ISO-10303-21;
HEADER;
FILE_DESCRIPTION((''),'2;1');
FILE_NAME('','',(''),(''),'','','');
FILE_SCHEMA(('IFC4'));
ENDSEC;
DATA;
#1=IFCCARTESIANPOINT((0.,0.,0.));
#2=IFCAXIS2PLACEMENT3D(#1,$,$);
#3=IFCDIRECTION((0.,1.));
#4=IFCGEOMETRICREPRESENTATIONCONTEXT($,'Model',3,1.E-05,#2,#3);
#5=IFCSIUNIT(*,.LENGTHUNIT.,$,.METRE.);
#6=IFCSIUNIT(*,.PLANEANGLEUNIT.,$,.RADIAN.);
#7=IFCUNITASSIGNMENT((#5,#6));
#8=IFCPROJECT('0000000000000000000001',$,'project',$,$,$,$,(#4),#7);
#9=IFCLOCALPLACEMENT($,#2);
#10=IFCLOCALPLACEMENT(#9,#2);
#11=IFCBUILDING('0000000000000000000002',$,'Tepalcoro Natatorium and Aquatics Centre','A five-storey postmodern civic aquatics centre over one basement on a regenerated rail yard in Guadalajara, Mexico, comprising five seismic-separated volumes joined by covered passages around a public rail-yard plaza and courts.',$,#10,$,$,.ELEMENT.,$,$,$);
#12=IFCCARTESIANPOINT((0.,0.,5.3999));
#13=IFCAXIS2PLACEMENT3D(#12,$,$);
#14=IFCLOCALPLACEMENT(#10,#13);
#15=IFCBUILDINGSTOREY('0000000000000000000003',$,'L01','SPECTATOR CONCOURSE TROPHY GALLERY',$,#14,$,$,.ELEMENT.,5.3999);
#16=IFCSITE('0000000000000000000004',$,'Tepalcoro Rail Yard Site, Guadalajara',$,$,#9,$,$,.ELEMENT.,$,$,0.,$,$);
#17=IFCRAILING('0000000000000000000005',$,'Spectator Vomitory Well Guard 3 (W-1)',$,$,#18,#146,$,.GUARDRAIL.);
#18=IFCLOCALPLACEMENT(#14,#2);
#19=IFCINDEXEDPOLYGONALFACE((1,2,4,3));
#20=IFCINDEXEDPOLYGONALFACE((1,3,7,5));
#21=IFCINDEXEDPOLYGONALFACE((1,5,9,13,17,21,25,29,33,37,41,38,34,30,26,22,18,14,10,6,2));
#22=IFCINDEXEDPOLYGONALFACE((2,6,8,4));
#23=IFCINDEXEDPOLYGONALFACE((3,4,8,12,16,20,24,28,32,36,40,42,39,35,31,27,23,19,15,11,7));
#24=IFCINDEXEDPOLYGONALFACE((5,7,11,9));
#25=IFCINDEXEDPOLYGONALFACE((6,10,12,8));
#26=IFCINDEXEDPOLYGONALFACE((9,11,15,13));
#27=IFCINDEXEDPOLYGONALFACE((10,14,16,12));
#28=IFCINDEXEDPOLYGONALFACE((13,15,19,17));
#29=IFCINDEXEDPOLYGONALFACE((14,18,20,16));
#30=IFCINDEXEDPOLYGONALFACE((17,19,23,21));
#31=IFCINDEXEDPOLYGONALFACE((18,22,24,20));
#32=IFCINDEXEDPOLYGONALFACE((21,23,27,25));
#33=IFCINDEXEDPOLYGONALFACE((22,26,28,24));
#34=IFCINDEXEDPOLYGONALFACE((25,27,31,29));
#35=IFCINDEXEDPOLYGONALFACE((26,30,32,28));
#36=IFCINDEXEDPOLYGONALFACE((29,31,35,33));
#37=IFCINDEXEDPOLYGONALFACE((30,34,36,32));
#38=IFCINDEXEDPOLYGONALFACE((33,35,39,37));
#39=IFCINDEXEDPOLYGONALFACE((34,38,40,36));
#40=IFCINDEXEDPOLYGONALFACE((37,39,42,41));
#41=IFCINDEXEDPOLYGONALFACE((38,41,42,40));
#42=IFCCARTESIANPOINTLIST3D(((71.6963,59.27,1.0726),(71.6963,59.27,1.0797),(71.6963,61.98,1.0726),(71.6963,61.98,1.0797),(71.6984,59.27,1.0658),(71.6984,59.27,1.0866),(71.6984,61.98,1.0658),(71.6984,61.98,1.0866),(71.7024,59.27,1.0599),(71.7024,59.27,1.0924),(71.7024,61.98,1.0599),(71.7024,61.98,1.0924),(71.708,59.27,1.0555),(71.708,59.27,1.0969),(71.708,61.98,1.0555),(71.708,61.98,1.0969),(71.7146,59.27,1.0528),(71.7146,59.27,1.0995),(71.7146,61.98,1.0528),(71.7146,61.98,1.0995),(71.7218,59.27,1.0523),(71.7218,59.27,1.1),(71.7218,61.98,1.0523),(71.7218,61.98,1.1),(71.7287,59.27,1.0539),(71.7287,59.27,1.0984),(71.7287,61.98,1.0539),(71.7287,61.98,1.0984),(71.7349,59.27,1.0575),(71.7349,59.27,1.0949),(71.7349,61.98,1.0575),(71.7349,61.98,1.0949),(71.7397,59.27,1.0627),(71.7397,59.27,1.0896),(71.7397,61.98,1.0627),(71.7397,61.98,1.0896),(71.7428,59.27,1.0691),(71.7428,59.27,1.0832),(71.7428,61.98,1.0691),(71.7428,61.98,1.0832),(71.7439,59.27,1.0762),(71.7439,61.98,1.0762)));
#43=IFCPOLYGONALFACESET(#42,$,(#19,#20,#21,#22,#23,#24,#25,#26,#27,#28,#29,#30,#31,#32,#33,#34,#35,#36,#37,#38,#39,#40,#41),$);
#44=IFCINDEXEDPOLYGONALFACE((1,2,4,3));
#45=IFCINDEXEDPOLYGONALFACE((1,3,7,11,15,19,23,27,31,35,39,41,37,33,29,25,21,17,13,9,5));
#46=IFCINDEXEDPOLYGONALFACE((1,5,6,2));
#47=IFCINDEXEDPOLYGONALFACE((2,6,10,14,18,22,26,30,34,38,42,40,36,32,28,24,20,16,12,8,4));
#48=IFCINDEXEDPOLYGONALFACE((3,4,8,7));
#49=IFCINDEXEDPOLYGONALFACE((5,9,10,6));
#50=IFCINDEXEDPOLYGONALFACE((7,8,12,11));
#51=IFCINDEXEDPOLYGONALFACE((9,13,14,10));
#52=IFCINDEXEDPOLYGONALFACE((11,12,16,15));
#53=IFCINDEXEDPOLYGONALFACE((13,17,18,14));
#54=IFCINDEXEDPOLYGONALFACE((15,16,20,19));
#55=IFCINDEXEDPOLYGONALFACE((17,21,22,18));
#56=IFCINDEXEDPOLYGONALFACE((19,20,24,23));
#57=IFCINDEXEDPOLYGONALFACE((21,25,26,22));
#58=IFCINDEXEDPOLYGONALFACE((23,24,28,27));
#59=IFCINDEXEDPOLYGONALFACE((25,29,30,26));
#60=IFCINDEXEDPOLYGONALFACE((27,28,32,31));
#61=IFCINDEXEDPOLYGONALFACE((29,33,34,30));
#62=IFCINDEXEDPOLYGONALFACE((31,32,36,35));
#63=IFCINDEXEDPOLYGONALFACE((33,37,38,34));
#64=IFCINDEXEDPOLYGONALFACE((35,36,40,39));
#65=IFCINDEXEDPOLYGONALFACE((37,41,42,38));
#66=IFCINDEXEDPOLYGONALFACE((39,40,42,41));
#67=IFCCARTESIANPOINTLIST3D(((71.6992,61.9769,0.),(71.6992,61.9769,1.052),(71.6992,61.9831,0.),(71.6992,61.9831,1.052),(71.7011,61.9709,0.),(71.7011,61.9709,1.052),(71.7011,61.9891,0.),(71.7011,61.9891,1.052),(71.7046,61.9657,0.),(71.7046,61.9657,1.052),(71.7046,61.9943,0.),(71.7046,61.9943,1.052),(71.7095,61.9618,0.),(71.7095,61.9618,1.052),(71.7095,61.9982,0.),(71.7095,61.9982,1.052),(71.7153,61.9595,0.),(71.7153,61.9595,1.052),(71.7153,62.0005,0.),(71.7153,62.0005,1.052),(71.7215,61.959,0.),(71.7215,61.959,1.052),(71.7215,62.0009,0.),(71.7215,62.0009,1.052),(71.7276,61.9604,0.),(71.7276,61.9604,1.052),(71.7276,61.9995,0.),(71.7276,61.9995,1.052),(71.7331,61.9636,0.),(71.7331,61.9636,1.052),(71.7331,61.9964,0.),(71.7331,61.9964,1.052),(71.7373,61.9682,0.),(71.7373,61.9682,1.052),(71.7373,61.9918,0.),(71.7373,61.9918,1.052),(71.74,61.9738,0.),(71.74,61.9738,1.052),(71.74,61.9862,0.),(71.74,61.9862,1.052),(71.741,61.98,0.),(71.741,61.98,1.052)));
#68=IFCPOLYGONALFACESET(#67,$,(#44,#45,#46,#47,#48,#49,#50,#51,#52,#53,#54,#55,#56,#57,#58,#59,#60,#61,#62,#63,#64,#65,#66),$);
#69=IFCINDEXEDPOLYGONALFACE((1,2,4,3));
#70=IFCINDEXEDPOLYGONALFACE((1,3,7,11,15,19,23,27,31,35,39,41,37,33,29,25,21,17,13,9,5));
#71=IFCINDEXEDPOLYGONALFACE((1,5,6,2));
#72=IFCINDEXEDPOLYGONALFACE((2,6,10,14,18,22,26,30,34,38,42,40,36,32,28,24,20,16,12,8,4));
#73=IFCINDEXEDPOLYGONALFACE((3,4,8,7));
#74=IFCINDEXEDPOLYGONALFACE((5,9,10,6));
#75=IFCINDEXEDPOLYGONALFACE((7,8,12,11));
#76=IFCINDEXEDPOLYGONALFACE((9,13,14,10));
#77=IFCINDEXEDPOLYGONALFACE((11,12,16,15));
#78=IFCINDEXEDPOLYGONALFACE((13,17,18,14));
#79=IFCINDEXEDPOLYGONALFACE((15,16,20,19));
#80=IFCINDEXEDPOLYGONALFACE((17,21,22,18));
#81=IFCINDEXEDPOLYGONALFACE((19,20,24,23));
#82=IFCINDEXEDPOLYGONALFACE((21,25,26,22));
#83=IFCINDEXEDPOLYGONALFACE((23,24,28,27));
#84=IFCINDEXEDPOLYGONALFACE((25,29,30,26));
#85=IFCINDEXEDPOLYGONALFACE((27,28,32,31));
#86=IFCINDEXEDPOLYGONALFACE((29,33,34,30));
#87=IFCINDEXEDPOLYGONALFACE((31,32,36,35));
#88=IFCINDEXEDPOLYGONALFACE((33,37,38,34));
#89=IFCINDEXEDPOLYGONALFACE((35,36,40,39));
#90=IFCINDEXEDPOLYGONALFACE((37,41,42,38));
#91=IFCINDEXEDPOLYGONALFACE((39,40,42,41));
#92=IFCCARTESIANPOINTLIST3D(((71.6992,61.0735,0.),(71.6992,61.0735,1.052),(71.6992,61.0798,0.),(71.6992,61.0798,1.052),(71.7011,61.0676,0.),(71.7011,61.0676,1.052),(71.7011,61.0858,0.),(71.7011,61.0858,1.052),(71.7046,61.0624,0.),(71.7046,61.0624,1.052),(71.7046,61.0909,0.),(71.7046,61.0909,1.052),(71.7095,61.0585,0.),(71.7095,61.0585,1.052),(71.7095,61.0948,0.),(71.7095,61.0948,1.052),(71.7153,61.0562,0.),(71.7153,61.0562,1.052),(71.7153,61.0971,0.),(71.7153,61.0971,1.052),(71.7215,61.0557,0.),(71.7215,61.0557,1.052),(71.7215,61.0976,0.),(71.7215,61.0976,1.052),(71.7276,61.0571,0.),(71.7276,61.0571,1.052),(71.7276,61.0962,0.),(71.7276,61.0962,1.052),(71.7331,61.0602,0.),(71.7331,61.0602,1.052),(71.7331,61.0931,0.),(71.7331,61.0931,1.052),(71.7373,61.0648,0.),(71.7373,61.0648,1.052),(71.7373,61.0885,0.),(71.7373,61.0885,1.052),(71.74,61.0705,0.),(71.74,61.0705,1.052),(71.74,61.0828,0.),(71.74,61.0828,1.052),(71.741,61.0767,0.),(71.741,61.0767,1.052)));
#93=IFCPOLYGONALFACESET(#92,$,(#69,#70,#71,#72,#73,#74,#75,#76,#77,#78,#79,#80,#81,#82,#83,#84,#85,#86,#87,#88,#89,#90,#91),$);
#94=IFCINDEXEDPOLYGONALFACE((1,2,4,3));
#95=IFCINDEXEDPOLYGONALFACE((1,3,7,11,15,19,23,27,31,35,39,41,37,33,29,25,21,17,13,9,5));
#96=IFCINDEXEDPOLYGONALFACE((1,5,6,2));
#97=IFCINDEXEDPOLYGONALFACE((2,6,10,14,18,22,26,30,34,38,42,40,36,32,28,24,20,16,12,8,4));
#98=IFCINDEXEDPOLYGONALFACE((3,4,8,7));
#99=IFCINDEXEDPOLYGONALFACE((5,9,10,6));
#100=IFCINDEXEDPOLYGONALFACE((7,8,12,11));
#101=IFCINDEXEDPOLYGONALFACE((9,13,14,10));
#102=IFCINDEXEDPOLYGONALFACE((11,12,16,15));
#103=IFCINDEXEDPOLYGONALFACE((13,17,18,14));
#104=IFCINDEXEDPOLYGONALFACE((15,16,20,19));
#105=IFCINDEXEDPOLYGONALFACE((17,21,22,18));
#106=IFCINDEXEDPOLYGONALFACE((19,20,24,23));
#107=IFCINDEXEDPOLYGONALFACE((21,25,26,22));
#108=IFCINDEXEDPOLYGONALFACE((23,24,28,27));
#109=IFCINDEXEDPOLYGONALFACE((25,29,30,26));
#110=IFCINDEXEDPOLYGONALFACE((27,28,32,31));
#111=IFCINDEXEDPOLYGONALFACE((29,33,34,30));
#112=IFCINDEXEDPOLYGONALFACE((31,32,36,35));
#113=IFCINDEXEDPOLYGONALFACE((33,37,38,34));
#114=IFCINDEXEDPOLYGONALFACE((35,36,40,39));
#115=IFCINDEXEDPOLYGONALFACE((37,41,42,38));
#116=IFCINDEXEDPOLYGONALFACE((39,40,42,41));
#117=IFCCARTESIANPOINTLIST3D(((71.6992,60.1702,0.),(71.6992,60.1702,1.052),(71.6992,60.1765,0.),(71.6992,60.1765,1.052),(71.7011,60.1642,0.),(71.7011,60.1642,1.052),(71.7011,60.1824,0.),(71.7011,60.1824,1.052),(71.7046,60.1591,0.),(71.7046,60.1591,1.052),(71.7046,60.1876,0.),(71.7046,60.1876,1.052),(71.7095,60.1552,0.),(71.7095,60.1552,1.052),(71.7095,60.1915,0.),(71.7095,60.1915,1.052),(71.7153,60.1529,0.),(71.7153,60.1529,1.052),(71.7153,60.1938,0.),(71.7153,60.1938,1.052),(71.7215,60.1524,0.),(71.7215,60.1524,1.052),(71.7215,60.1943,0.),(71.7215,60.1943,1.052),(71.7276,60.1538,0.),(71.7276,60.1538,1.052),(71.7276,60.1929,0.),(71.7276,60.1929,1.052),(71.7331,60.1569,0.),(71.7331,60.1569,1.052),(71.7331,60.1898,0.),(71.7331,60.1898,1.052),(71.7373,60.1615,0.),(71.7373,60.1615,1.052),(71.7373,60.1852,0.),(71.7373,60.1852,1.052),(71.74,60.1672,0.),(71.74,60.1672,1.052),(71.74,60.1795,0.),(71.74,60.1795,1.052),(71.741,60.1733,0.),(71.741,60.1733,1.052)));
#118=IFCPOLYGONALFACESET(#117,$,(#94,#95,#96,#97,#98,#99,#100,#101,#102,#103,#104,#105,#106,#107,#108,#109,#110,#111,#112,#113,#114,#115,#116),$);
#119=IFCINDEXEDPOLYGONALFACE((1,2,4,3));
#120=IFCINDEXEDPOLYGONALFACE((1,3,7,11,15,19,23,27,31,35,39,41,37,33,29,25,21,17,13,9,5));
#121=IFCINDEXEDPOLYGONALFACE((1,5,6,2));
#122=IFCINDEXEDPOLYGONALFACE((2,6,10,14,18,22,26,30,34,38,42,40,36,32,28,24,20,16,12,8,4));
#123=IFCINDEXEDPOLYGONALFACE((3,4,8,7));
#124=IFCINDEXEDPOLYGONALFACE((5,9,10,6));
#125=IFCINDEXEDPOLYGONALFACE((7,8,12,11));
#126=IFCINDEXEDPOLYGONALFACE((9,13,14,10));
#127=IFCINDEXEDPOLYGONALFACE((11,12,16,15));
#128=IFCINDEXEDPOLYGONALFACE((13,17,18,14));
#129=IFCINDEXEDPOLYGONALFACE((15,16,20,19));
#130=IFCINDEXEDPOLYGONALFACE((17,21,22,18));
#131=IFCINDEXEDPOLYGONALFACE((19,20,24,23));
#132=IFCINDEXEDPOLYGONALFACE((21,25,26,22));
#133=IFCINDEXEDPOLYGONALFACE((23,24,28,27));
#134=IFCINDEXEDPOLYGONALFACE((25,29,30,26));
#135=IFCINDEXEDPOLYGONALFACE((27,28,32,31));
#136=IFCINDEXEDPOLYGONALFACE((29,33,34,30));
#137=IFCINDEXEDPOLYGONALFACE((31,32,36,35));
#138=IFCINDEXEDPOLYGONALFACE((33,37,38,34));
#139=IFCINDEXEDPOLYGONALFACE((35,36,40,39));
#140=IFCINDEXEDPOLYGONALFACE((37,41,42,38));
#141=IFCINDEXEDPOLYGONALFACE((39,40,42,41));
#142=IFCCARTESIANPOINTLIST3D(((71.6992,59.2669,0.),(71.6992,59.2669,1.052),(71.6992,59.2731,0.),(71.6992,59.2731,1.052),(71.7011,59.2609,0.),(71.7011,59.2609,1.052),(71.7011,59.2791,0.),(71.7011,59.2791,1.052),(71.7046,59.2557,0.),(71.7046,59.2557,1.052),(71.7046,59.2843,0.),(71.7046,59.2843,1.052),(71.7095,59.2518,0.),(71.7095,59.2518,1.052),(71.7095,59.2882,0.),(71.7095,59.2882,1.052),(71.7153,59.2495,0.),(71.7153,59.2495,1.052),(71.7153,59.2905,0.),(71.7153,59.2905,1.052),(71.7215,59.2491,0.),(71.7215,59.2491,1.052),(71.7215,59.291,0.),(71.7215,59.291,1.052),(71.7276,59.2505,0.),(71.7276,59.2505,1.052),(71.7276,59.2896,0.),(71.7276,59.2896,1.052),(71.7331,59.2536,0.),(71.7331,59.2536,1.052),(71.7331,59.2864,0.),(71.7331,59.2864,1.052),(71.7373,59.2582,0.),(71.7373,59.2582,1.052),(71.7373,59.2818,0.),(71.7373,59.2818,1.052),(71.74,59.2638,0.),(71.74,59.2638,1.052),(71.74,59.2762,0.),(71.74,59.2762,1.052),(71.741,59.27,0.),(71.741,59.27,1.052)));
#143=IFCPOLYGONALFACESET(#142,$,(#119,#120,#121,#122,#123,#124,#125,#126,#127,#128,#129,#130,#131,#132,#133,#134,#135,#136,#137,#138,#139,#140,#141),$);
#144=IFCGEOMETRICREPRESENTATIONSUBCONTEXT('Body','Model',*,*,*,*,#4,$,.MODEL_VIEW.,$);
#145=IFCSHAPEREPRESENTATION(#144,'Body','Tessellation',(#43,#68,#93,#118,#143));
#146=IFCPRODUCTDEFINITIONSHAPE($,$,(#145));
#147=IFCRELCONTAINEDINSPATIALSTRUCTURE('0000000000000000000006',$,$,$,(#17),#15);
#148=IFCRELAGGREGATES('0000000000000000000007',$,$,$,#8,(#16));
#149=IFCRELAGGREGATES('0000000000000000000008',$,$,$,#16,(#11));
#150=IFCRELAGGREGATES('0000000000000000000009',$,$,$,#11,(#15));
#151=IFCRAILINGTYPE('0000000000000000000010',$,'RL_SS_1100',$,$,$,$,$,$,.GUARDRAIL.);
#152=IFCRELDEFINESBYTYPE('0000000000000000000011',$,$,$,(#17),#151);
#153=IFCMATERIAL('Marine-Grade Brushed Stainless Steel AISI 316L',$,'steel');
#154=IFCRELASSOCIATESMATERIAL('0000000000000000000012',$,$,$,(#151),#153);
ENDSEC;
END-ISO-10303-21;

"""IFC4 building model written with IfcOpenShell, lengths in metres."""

from ifc_helpers import new_model, si_unit, direction, frame, origin, origin_2d, place, context, subcontext, project, spatial, circle, extrude, material, type_object, element, save


model = new_model("IFC4")

# Units and contexts
model_context = context("Model", 3, precision=1e-05, world=origin(), true_north=direction((0.0, 1.0)))
body_context = subcontext(model_context, "Body", "Model", "MODEL_VIEW")
ifc_project = project(units=[si_unit("LENGTHUNIT", "METRE"), si_unit("PLANEANGLEUNIT", "RADIAN")], contexts=[model_context])

# Site, building, storey
site_placement = place(None, origin())
site = spatial("IfcSite", under=ifc_project, at=site_placement, Name="Tepalcoro Rail Yard Site, Guadalajara", CompositionType="ELEMENT", RefElevation=0.0)
building_placement = place(site_placement, origin())
building = spatial("IfcBuilding", under=site, at=building_placement, Name="Tepalcoro Natatorium and Aquatics Centre", Description="A five-storey postmodern civic aquatics centre over one basement on a regenerated rail yard in Guadalajara, Mexico, comprising five seismic-separated volumes joined by covered passages around a public rail-yard plaza and courts.", CompositionType="ELEMENT")
storey_placement = place(building_placement, frame((0.0, 0.0, 5.3999)))
storey = spatial("IfcBuildingStorey", under=building, at=storey_placement, Name="L01", Description="SPECTATOR CONCOURSE TROPHY GALLERY", CompositionType="ELEMENT", Elevation=5.3999)

# Railing
ifc_material_1 = material(Name="Marine-Grade Brushed Stainless Steel AISI 316L", Category="steel")
railing_type = type_object("IfcRailingType", Name="RL_SS_1100", PredefinedType="GUARDRAIL", material=ifc_material_1)
railing_1_placement = place(storey_placement, frame((71.72, 61.98, 0.0)))
element("IfcRailing", 1, at=railing_1_placement, inside=storey, type_object=railing_type, Name="Spectator Vomitory Well Guard 3 (W-1)", PredefinedType="GUARDRAIL", context=body_context, shape_type="SweptSolid", body=[
    extrude(circle(Radius=0.0239, at=origin_2d()), frame((0.0, 0.0, 1.0762), z_axis=(0.0, -1.0, 0.0), x_axis=(1.0, 0.0, 0.0)), (0.0, 0.0, 1.0), 2.71),
    extrude(circle(Radius=0.021, at=origin_2d()), origin(), (0.0, 0.0, 1.0), 1.052),
    extrude(circle(Radius=0.021, at=origin_2d()), frame((0.0, -0.9033, 0.0)), (0.0, 0.0, 1.0), 1.052),
    extrude(circle(Radius=0.021, at=origin_2d()), frame((0.0, -1.8066, 0.0)), (0.0, 0.0, 1.0), 1.052),
    extrude(circle(Radius=0.021, at=origin_2d()), frame((0.0, -2.71, 0.0)), (0.0, 0.0, 1.0), 1.052),
])

save(model, "model.ifc")
